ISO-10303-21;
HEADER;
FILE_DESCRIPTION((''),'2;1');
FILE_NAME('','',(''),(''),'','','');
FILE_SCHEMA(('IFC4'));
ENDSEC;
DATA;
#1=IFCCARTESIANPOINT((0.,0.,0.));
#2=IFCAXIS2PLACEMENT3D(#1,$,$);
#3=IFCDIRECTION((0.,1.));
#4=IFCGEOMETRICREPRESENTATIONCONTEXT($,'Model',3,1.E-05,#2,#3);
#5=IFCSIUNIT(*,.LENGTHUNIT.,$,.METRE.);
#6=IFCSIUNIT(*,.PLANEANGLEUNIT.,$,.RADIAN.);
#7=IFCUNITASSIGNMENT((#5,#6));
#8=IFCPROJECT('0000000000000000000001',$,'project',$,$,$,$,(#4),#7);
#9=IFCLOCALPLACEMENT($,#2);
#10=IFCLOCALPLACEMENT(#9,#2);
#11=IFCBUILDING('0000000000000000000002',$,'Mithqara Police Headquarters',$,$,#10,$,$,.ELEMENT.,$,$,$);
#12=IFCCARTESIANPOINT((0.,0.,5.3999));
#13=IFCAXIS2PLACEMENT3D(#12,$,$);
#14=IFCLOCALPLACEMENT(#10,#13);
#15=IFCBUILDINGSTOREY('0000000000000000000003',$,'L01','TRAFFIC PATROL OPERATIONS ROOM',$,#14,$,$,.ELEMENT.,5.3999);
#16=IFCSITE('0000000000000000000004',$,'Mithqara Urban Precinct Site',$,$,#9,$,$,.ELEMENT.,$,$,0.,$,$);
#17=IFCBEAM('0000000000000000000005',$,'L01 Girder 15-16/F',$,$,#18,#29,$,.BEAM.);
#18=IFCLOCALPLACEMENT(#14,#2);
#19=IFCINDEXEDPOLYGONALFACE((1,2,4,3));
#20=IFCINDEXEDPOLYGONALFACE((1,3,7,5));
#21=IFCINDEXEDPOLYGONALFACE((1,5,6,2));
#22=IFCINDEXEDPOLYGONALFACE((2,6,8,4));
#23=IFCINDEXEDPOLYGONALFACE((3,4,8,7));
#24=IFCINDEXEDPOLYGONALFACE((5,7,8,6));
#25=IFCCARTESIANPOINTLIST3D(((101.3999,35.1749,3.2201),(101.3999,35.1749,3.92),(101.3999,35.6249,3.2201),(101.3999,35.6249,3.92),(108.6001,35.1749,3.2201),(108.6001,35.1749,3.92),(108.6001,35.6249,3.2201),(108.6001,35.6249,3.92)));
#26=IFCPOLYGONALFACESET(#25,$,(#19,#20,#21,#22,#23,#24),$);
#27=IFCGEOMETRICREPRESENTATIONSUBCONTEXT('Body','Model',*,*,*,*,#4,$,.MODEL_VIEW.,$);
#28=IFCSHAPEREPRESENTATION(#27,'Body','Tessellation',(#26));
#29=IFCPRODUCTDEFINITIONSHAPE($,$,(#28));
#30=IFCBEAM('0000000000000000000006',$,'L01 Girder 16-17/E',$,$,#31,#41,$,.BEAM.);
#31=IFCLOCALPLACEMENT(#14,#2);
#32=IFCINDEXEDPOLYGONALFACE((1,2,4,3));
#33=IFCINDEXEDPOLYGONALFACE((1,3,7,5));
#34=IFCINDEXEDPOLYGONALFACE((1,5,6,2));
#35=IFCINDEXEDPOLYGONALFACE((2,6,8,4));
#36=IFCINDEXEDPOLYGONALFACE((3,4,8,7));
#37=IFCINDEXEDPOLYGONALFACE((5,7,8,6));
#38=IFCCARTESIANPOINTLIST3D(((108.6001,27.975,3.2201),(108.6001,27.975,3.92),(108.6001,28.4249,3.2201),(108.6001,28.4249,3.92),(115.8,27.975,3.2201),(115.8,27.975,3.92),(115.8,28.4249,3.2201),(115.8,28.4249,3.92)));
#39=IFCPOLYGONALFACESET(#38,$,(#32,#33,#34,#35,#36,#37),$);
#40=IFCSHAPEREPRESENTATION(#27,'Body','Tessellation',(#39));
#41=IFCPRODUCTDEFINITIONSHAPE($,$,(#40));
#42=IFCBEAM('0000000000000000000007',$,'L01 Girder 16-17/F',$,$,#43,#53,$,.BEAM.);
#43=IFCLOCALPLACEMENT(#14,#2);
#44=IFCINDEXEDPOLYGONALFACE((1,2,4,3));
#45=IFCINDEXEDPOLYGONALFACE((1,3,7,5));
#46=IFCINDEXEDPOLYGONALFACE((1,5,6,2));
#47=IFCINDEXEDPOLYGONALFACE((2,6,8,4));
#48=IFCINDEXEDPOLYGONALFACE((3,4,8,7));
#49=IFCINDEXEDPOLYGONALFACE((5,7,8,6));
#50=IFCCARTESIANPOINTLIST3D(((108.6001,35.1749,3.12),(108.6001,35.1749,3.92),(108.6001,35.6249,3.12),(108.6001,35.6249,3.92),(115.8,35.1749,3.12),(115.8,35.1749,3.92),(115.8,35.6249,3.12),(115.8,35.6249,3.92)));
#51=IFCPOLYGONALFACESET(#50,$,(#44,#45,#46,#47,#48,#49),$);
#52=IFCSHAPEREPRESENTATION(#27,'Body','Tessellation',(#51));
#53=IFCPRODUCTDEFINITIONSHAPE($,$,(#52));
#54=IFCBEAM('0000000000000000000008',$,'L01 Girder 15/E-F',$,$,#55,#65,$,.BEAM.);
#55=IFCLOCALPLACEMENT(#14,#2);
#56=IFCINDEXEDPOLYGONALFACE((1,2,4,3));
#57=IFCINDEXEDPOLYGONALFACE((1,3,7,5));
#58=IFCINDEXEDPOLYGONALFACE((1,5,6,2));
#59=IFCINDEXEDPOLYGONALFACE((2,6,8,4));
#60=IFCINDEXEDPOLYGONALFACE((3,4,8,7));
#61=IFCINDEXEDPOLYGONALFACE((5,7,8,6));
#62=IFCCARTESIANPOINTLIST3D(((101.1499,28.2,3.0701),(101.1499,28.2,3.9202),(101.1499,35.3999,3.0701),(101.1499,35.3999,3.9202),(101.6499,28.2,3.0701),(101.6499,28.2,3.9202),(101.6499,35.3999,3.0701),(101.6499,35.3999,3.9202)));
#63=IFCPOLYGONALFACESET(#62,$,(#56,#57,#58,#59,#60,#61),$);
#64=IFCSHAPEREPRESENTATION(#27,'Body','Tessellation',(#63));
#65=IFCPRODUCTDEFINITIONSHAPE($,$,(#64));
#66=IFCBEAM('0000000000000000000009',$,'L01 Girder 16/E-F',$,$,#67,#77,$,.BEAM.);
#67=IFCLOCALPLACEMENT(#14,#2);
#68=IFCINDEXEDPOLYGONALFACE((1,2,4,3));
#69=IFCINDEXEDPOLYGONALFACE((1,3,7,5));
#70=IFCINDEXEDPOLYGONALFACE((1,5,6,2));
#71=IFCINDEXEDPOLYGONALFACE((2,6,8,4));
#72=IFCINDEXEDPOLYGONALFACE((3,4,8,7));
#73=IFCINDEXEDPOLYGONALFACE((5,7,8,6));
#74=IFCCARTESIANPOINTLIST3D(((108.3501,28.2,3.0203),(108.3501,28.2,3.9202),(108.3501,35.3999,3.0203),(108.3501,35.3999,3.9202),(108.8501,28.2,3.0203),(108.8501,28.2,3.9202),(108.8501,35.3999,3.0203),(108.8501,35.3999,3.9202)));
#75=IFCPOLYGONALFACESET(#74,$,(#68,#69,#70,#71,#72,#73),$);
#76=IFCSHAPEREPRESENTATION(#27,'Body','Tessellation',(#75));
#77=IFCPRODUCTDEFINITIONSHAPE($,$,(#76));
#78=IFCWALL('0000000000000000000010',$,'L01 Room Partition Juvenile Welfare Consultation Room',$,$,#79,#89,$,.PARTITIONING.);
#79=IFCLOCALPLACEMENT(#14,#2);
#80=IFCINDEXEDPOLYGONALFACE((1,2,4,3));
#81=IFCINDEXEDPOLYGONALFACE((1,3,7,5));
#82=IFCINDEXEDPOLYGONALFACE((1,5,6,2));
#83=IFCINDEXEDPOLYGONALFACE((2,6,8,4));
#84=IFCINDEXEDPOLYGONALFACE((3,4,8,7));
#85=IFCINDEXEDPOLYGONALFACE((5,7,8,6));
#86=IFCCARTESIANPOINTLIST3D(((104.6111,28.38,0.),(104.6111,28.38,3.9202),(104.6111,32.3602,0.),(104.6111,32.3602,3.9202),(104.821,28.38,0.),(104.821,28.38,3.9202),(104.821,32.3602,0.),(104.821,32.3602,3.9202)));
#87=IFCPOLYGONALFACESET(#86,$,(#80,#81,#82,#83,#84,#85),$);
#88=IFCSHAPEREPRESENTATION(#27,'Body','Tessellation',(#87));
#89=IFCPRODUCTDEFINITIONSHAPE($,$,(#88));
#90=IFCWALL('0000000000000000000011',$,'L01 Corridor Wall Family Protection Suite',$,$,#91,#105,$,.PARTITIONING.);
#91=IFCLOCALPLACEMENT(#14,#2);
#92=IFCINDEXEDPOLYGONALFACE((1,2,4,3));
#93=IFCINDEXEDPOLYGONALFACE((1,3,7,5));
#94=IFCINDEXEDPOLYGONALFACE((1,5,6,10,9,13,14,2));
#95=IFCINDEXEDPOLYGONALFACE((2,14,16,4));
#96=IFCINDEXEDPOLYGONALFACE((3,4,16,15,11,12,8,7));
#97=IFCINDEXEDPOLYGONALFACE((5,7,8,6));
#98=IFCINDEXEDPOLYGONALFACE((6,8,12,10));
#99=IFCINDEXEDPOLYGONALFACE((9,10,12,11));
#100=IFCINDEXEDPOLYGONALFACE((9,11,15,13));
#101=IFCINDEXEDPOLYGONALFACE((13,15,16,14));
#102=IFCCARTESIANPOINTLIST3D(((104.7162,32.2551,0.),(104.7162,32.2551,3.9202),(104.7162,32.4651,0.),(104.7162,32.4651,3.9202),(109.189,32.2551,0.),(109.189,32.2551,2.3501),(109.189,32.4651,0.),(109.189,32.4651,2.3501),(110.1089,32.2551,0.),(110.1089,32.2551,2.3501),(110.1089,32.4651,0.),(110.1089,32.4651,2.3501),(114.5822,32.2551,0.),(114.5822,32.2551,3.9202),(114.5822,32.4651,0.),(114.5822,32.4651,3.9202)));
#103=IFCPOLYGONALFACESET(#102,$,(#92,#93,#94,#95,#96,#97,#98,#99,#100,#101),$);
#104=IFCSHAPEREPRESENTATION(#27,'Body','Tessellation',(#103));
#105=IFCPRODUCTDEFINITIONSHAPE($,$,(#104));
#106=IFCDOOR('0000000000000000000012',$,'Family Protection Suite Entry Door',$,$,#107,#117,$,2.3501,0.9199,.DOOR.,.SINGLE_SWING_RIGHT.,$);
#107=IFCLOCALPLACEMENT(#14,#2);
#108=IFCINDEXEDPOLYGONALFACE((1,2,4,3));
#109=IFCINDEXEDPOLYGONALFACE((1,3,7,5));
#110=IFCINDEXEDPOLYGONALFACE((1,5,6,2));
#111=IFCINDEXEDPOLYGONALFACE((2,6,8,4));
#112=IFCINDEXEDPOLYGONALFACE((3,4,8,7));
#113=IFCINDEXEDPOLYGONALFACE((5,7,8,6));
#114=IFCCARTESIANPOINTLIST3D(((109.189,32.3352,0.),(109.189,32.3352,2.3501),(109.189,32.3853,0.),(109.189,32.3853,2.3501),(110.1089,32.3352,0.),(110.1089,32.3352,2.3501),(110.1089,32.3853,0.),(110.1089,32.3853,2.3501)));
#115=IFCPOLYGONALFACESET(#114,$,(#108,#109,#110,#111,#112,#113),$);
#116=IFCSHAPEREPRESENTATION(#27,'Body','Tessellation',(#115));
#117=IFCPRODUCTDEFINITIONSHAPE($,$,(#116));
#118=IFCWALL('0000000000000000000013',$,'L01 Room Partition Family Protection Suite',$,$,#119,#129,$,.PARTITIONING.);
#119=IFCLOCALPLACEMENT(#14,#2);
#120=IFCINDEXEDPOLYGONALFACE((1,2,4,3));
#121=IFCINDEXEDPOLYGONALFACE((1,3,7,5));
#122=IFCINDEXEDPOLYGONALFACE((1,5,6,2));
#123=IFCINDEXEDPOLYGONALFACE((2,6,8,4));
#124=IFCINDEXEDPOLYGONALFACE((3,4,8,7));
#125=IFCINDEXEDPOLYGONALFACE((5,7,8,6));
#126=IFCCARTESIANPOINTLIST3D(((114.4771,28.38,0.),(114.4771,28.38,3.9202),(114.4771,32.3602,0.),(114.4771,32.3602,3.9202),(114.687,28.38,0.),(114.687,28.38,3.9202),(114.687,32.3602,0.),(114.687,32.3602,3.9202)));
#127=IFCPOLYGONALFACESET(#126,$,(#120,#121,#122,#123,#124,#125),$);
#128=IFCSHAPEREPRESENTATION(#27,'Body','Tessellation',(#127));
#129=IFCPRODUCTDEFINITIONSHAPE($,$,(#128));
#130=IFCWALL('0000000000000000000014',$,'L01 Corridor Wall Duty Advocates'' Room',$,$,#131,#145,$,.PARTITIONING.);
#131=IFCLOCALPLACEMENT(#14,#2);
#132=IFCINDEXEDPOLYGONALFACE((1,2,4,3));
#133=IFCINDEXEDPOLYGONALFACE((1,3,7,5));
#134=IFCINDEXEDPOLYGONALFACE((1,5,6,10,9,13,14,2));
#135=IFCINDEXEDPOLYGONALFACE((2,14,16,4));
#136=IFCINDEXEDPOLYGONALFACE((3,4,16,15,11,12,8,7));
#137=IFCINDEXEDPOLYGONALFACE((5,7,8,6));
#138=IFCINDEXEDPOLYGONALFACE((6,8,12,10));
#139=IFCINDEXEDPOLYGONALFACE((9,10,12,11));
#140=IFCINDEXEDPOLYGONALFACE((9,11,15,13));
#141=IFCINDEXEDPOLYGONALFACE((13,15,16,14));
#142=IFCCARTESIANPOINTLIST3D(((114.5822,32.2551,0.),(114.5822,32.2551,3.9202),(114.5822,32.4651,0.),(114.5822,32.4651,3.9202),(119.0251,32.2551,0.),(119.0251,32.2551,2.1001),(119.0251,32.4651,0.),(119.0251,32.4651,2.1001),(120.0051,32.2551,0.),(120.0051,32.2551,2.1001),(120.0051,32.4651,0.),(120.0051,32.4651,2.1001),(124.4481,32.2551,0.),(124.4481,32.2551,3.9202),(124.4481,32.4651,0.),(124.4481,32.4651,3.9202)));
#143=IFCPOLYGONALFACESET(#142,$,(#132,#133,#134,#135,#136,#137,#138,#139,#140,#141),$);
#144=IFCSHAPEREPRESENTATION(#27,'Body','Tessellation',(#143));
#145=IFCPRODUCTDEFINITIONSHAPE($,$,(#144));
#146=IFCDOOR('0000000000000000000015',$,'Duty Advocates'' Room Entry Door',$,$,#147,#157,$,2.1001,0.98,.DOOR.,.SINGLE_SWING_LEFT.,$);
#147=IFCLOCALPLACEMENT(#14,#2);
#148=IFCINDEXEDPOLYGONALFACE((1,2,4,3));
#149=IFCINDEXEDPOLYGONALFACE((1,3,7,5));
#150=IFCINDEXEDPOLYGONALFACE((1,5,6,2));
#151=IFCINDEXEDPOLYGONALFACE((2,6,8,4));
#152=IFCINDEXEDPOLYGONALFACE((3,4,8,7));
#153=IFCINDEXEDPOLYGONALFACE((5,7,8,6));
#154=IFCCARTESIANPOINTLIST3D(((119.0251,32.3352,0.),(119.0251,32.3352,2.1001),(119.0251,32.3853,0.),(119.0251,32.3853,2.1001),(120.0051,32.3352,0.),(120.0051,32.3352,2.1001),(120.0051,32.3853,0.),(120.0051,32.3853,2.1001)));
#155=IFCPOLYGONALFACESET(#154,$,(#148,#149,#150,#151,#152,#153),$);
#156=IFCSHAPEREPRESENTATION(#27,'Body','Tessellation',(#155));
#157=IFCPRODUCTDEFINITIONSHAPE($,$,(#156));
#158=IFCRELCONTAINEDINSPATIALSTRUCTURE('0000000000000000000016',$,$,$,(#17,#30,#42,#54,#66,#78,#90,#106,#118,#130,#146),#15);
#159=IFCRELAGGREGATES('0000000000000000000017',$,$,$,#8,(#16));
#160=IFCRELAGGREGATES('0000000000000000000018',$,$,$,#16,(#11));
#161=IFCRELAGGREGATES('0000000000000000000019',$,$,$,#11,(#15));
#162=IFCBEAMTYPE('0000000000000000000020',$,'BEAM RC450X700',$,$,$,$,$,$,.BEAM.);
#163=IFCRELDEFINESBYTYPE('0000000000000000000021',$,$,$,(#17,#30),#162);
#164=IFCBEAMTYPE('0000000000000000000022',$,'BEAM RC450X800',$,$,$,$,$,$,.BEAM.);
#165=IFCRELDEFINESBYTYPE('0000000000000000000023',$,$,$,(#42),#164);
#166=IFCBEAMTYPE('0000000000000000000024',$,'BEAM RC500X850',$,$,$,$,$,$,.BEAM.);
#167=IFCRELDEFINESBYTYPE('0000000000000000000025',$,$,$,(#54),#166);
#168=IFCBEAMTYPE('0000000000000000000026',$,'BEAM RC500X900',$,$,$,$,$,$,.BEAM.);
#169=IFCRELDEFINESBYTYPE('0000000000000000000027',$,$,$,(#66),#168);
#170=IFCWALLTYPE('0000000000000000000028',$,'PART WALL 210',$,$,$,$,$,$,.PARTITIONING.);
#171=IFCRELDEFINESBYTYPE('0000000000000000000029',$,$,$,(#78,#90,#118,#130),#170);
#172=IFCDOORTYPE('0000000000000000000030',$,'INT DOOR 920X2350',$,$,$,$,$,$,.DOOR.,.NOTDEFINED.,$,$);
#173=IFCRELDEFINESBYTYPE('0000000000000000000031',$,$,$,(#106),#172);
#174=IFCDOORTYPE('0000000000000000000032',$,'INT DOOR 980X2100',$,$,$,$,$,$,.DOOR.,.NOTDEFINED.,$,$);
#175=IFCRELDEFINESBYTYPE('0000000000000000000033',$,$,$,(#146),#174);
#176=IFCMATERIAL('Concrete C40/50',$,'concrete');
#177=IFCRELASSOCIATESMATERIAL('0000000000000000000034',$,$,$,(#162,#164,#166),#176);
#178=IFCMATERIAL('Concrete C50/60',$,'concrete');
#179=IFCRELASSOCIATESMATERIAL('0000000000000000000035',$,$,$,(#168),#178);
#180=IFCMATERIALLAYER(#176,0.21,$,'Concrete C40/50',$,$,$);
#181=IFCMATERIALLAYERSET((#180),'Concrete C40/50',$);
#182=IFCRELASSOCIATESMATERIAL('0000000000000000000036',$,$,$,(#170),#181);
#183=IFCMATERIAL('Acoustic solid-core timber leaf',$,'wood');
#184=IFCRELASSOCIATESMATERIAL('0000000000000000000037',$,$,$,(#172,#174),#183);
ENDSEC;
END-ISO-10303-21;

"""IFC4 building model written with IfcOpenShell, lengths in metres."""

from ifc_helpers import new_model, si_unit, direction, frame, frame_2d, origin, origin_2d, place, context, subcontext, project, spatial, rectangle, extrude, material, layer, layer_set, material_profile, profile_set, type_object, element, fill, save


model = new_model("IFC4")

# Units and contexts
model_context = context("Model", 3, precision=1e-05, world=origin(), true_north=direction((0.0, 1.0)))
body_context = subcontext(model_context, "Body", "Model", "MODEL_VIEW")
ifc_project = project(units=[si_unit("LENGTHUNIT", "METRE"), si_unit("PLANEANGLEUNIT", "RADIAN")], contexts=[model_context])

# Site, building, storey
site_placement = place(None, origin())
site = spatial("IfcSite", under=ifc_project, at=site_placement, Name="Mithqara Urban Precinct Site", CompositionType="ELEMENT", RefElevation=0.0)
building_placement = place(site_placement, origin())
building = spatial("IfcBuilding", under=site, at=building_placement, Name="Mithqara Police Headquarters", CompositionType="ELEMENT")
storey_placement = place(building_placement, frame((0.0, 0.0, 5.3999)))
storey = spatial("IfcBuildingStorey", under=building, at=storey_placement, Name="L01", Description="TRAFFIC PATROL OPERATIONS ROOM", CompositionType="ELEMENT", Elevation=5.3999)

# Shared definitions
ifc_material_1 = material(Name="Concrete C50/60", Category="concrete")

# Beams
ifc_material_2 = material(Name="Concrete C40/50", Category="concrete")
ifc_material_profile_1 = material_profile(ifc_material_2, rectangle(XDim=0.45, YDim=0.7, at=origin_2d()), Name="RC 450x700")
ifc_profile_set_1 = profile_set([ifc_material_profile_1], Name="Concrete C40/50")
beam_type_1 = type_object("IfcBeamType", Name="BEAM RC450X700", PredefinedType="BEAM", material=ifc_profile_set_1)
beam_1_placement = place(storey_placement, frame((101.3999, 35.3999, 3.5701), z_axis=(1.0, 0.0, 0.0), x_axis=(0.0, 1.0, 0.0)))
element("IfcBeam", 1, at=beam_1_placement, inside=storey, type_object=beam_type_1, Name="L01 Girder 15-16/F", PredefinedType="BEAM", context=body_context, shape_type="SweptSolid", body=[
    extrude(rectangle(XDim=0.45, YDim=0.7, at=origin_2d()), origin(), (0.0, 0.0, 1.0), 7.2002),
])
beam_2_placement = place(storey_placement, frame((108.6001, 28.2, 3.5701), z_axis=(1.0, 0.0, 0.0), x_axis=(0.0, 1.0, 0.0)))
element("IfcBeam", 2, at=beam_2_placement, inside=storey, type_object=beam_type_1, Name="L01 Girder 16-17/E", PredefinedType="BEAM", context=body_context, shape_type="SweptSolid", body=[
    extrude(rectangle(XDim=0.45, YDim=0.7, at=origin_2d()), origin(), (0.0, 0.0, 1.0), 7.2),
])
ifc_material_profile_2 = material_profile(ifc_material_2, rectangle(XDim=0.45, YDim=0.8, at=origin_2d()), Name="RC 450x800")
ifc_profile_set_2 = profile_set([ifc_material_profile_2], Name="Concrete C40/50")
beam_type_2 = type_object("IfcBeamType", Name="BEAM RC450X800", PredefinedType="BEAM", material=ifc_profile_set_2)
beam_3_placement = place(storey_placement, frame((108.6001, 35.3999, 3.52), z_axis=(1.0, 0.0, 0.0), x_axis=(0.0, 1.0, 0.0)))
element("IfcBeam", 3, at=beam_3_placement, inside=storey, type_object=beam_type_2, Name="L01 Girder 16-17/F", PredefinedType="BEAM", context=body_context, shape_type="SweptSolid", body=[
    extrude(rectangle(XDim=0.45, YDim=0.8, at=origin_2d()), origin(), (0.0, 0.0, 1.0), 7.2),
])
ifc_material_profile_3 = material_profile(ifc_material_2, rectangle(XDim=0.5, YDim=0.8501, at=origin_2d()), Name="RC 500x850")
ifc_profile_set_3 = profile_set([ifc_material_profile_3], Name="Concrete C40/50")
beam_type_3 = type_object("IfcBeamType", Name="BEAM RC500X850", PredefinedType="BEAM", material=ifc_profile_set_3)
beam_4_placement = place(storey_placement, frame((101.3999, 28.2, 3.4951), z_axis=(0.0, 1.0, 0.0), x_axis=(-1.0, 0.0, 0.0)))
element("IfcBeam", 4, at=beam_4_placement, inside=storey, type_object=beam_type_3, Name="L01 Girder 15/E-F", PredefinedType="BEAM", context=body_context, shape_type="SweptSolid", body=[
    extrude(rectangle(XDim=0.5, YDim=0.8501, at=origin_2d()), origin(), (0.0, 0.0, 1.0), 7.2),
])
ifc_material_profile_4 = material_profile(ifc_material_1, rectangle(XDim=0.5, YDim=0.8999, at=origin_2d()), Name="RC 500x900")
ifc_profile_set_4 = profile_set([ifc_material_profile_4], Name="Concrete C50/60")
beam_type_4 = type_object("IfcBeamType", Name="BEAM RC500X900", PredefinedType="BEAM", material=ifc_profile_set_4)
beam_5_placement = place(storey_placement, frame((108.6001, 28.2, 3.4702), z_axis=(0.0, 1.0, 0.0), x_axis=(-1.0, 0.0, 0.0)))
element("IfcBeam", 5, at=beam_5_placement, inside=storey, type_object=beam_type_4, Name="L01 Girder 16/E-F", PredefinedType="BEAM", context=body_context, shape_type="SweptSolid", body=[
    extrude(rectangle(XDim=0.5, YDim=0.8999, at=origin_2d()), origin(), (0.0, 0.0, 1.0), 7.2),
])

# Wall
ifc_layer = layer(ifc_material_2, 0.21, Name="Concrete C40/50")
ifc_layer_set = layer_set([ifc_layer], Name="Concrete C40/50")
wall_type = type_object("IfcWallType", Name="PART WALL 210", PredefinedType="PARTITIONING", material=ifc_layer_set)
wall_1_placement = place(storey_placement, frame((104.7161, 28.3799, 0.0), z_axis=(0.0, 0.0, 1.0), x_axis=(0.0, 1.0, 0.0)))
element("IfcWall", 6, at=wall_1_placement, inside=storey, type_object=wall_type, Name="L01 Room Partition Juvenile Welfare Consultation Room", PredefinedType="PARTITIONING", context=body_context, shape_type="SweptSolid", body=[
    extrude(rectangle(XDim=3.9802, YDim=0.21, at=frame_2d((1.9902, 0.0))), origin(), (0.0, 0.0, 1.0), 3.9202),
])

# Wall, opening, door
wall_2_placement = place(storey_placement, frame((104.7161, 32.3601, 0.0), z_axis=(0.0, 0.0, 1.0), x_axis=(1.0, 0.0, 0.0)))
wall_2 = element("IfcWall", 7, at=wall_2_placement, inside=storey, type_object=wall_type, Name="L01 Corridor Wall Family Protection Suite", PredefinedType="PARTITIONING", context=body_context, shape_type="SweptSolid", body=[
    extrude(rectangle(XDim=9.866, YDim=0.21, at=frame_2d((4.9331, 0.0))), origin(), (0.0, 0.0, 1.0), 3.9202),
])
opening_1_placement = place(wall_2_placement, frame((4.4729, 0.0, 0.0)))
opening_1 = element("IfcOpeningElement", 8, at=opening_1_placement, cuts=wall_2, PredefinedType="OPENING", context=body_context, shape_type="SweptSolid", body=[
    extrude(rectangle(XDim=0.9199, YDim=2.3501, at=frame_2d((0.46, 1.175))), frame((0.0, 0.115, 0.0), z_axis=(0.0, -1.0, 0.0), x_axis=(1.0, 0.0, 0.0)), (0.0, 0.0, 1.0), 0.23),
])
ifc_material_3 = material(Name="Acoustic solid-core timber leaf", Category="wood")
door_type_1 = type_object("IfcDoorType", Name="INT DOOR 920X2350", OperationType="NOTDEFINED", PredefinedType="DOOR", material=ifc_material_3)
door_1_placement = place(opening_1_placement, frame((0.9199, 0.0, 0.0), z_axis=(0.0, 0.0, 1.0), x_axis=(-1.0, 0.0, 0.0)))
door_1 = element("IfcDoor", 9, at=door_1_placement, inside=storey, type_object=door_type_1, Name="Family Protection Suite Entry Door", OperationType="SINGLE_SWING_RIGHT", OverallHeight=2.3501, OverallWidth=0.9199, PredefinedType="DOOR", context=body_context, shape_type="SweptSolid", body=[
    extrude(rectangle(XDim=0.9199, YDim=2.3501, at=frame_2d((0.46, 1.175))), frame((0.0, 0.0249, 0.0), z_axis=(0.0, -1.0, 0.0), x_axis=(1.0, 0.0, 0.0)), (0.0, 0.0, 1.0), 0.05),
])
fill(opening_1, door_1)

# Wall
wall_3_placement = place(storey_placement, frame((114.582, 28.3799, 0.0), z_axis=(0.0, 0.0, 1.0), x_axis=(0.0, 1.0, 0.0)))
element("IfcWall", 10, at=wall_3_placement, inside=storey, type_object=wall_type, Name="L01 Room Partition Family Protection Suite", PredefinedType="PARTITIONING", context=body_context, shape_type="SweptSolid", body=[
    extrude(rectangle(XDim=3.9802, YDim=0.21, at=frame_2d((1.9902, 0.0))), origin(), (0.0, 0.0, 1.0), 3.9202),
])

# Wall, opening, door
wall_4_placement = place(storey_placement, frame((114.582, 32.3601, 0.0), z_axis=(0.0, 0.0, 1.0), x_axis=(1.0, 0.0, 0.0)))
wall_4 = element("IfcWall", 11, at=wall_4_placement, inside=storey, type_object=wall_type, Name="L01 Corridor Wall Duty Advocates' Room", PredefinedType="PARTITIONING", context=body_context, shape_type="SweptSolid", body=[
    extrude(rectangle(XDim=9.866, YDim=0.21, at=frame_2d((4.9331, 0.0))), origin(), (0.0, 0.0, 1.0), 3.9202),
])
opening_2_placement = place(wall_4_placement, frame((4.4431, 0.0, 0.0)))
opening_2 = element("IfcOpeningElement", 12, at=opening_2_placement, cuts=wall_4, PredefinedType="OPENING", context=body_context, shape_type="SweptSolid", body=[
    extrude(rectangle(XDim=0.98, YDim=2.1001, at=frame_2d((0.49, 1.05))), frame((0.0, 0.115, 0.0), z_axis=(0.0, -1.0, 0.0), x_axis=(1.0, 0.0, 0.0)), (0.0, 0.0, 1.0), 0.23),
])
door_type_2 = type_object("IfcDoorType", Name="INT DOOR 980X2100", OperationType="NOTDEFINED", PredefinedType="DOOR", material=ifc_material_3)
door_2_placement = place(opening_2_placement, frame((0.98, 0.0, 0.0), z_axis=(0.0, 0.0, 1.0), x_axis=(-1.0, 0.0, 0.0)))
door_2 = element("IfcDoor", 13, at=door_2_placement, inside=storey, type_object=door_type_2, Name="Duty Advocates' Room Entry Door", OperationType="SINGLE_SWING_LEFT", OverallHeight=2.1001, OverallWidth=0.98, PredefinedType="DOOR", context=body_context, shape_type="SweptSolid", body=[
    extrude(rectangle(XDim=0.98, YDim=2.1001, at=frame_2d((0.49, 1.05))), frame((0.0, 0.0249, 0.0), z_axis=(0.0, -1.0, 0.0), x_axis=(1.0, 0.0, 0.0)), (0.0, 0.0, 1.0), 0.05),
])
fill(opening_2, door_2)

save(model, "model.ifc")
